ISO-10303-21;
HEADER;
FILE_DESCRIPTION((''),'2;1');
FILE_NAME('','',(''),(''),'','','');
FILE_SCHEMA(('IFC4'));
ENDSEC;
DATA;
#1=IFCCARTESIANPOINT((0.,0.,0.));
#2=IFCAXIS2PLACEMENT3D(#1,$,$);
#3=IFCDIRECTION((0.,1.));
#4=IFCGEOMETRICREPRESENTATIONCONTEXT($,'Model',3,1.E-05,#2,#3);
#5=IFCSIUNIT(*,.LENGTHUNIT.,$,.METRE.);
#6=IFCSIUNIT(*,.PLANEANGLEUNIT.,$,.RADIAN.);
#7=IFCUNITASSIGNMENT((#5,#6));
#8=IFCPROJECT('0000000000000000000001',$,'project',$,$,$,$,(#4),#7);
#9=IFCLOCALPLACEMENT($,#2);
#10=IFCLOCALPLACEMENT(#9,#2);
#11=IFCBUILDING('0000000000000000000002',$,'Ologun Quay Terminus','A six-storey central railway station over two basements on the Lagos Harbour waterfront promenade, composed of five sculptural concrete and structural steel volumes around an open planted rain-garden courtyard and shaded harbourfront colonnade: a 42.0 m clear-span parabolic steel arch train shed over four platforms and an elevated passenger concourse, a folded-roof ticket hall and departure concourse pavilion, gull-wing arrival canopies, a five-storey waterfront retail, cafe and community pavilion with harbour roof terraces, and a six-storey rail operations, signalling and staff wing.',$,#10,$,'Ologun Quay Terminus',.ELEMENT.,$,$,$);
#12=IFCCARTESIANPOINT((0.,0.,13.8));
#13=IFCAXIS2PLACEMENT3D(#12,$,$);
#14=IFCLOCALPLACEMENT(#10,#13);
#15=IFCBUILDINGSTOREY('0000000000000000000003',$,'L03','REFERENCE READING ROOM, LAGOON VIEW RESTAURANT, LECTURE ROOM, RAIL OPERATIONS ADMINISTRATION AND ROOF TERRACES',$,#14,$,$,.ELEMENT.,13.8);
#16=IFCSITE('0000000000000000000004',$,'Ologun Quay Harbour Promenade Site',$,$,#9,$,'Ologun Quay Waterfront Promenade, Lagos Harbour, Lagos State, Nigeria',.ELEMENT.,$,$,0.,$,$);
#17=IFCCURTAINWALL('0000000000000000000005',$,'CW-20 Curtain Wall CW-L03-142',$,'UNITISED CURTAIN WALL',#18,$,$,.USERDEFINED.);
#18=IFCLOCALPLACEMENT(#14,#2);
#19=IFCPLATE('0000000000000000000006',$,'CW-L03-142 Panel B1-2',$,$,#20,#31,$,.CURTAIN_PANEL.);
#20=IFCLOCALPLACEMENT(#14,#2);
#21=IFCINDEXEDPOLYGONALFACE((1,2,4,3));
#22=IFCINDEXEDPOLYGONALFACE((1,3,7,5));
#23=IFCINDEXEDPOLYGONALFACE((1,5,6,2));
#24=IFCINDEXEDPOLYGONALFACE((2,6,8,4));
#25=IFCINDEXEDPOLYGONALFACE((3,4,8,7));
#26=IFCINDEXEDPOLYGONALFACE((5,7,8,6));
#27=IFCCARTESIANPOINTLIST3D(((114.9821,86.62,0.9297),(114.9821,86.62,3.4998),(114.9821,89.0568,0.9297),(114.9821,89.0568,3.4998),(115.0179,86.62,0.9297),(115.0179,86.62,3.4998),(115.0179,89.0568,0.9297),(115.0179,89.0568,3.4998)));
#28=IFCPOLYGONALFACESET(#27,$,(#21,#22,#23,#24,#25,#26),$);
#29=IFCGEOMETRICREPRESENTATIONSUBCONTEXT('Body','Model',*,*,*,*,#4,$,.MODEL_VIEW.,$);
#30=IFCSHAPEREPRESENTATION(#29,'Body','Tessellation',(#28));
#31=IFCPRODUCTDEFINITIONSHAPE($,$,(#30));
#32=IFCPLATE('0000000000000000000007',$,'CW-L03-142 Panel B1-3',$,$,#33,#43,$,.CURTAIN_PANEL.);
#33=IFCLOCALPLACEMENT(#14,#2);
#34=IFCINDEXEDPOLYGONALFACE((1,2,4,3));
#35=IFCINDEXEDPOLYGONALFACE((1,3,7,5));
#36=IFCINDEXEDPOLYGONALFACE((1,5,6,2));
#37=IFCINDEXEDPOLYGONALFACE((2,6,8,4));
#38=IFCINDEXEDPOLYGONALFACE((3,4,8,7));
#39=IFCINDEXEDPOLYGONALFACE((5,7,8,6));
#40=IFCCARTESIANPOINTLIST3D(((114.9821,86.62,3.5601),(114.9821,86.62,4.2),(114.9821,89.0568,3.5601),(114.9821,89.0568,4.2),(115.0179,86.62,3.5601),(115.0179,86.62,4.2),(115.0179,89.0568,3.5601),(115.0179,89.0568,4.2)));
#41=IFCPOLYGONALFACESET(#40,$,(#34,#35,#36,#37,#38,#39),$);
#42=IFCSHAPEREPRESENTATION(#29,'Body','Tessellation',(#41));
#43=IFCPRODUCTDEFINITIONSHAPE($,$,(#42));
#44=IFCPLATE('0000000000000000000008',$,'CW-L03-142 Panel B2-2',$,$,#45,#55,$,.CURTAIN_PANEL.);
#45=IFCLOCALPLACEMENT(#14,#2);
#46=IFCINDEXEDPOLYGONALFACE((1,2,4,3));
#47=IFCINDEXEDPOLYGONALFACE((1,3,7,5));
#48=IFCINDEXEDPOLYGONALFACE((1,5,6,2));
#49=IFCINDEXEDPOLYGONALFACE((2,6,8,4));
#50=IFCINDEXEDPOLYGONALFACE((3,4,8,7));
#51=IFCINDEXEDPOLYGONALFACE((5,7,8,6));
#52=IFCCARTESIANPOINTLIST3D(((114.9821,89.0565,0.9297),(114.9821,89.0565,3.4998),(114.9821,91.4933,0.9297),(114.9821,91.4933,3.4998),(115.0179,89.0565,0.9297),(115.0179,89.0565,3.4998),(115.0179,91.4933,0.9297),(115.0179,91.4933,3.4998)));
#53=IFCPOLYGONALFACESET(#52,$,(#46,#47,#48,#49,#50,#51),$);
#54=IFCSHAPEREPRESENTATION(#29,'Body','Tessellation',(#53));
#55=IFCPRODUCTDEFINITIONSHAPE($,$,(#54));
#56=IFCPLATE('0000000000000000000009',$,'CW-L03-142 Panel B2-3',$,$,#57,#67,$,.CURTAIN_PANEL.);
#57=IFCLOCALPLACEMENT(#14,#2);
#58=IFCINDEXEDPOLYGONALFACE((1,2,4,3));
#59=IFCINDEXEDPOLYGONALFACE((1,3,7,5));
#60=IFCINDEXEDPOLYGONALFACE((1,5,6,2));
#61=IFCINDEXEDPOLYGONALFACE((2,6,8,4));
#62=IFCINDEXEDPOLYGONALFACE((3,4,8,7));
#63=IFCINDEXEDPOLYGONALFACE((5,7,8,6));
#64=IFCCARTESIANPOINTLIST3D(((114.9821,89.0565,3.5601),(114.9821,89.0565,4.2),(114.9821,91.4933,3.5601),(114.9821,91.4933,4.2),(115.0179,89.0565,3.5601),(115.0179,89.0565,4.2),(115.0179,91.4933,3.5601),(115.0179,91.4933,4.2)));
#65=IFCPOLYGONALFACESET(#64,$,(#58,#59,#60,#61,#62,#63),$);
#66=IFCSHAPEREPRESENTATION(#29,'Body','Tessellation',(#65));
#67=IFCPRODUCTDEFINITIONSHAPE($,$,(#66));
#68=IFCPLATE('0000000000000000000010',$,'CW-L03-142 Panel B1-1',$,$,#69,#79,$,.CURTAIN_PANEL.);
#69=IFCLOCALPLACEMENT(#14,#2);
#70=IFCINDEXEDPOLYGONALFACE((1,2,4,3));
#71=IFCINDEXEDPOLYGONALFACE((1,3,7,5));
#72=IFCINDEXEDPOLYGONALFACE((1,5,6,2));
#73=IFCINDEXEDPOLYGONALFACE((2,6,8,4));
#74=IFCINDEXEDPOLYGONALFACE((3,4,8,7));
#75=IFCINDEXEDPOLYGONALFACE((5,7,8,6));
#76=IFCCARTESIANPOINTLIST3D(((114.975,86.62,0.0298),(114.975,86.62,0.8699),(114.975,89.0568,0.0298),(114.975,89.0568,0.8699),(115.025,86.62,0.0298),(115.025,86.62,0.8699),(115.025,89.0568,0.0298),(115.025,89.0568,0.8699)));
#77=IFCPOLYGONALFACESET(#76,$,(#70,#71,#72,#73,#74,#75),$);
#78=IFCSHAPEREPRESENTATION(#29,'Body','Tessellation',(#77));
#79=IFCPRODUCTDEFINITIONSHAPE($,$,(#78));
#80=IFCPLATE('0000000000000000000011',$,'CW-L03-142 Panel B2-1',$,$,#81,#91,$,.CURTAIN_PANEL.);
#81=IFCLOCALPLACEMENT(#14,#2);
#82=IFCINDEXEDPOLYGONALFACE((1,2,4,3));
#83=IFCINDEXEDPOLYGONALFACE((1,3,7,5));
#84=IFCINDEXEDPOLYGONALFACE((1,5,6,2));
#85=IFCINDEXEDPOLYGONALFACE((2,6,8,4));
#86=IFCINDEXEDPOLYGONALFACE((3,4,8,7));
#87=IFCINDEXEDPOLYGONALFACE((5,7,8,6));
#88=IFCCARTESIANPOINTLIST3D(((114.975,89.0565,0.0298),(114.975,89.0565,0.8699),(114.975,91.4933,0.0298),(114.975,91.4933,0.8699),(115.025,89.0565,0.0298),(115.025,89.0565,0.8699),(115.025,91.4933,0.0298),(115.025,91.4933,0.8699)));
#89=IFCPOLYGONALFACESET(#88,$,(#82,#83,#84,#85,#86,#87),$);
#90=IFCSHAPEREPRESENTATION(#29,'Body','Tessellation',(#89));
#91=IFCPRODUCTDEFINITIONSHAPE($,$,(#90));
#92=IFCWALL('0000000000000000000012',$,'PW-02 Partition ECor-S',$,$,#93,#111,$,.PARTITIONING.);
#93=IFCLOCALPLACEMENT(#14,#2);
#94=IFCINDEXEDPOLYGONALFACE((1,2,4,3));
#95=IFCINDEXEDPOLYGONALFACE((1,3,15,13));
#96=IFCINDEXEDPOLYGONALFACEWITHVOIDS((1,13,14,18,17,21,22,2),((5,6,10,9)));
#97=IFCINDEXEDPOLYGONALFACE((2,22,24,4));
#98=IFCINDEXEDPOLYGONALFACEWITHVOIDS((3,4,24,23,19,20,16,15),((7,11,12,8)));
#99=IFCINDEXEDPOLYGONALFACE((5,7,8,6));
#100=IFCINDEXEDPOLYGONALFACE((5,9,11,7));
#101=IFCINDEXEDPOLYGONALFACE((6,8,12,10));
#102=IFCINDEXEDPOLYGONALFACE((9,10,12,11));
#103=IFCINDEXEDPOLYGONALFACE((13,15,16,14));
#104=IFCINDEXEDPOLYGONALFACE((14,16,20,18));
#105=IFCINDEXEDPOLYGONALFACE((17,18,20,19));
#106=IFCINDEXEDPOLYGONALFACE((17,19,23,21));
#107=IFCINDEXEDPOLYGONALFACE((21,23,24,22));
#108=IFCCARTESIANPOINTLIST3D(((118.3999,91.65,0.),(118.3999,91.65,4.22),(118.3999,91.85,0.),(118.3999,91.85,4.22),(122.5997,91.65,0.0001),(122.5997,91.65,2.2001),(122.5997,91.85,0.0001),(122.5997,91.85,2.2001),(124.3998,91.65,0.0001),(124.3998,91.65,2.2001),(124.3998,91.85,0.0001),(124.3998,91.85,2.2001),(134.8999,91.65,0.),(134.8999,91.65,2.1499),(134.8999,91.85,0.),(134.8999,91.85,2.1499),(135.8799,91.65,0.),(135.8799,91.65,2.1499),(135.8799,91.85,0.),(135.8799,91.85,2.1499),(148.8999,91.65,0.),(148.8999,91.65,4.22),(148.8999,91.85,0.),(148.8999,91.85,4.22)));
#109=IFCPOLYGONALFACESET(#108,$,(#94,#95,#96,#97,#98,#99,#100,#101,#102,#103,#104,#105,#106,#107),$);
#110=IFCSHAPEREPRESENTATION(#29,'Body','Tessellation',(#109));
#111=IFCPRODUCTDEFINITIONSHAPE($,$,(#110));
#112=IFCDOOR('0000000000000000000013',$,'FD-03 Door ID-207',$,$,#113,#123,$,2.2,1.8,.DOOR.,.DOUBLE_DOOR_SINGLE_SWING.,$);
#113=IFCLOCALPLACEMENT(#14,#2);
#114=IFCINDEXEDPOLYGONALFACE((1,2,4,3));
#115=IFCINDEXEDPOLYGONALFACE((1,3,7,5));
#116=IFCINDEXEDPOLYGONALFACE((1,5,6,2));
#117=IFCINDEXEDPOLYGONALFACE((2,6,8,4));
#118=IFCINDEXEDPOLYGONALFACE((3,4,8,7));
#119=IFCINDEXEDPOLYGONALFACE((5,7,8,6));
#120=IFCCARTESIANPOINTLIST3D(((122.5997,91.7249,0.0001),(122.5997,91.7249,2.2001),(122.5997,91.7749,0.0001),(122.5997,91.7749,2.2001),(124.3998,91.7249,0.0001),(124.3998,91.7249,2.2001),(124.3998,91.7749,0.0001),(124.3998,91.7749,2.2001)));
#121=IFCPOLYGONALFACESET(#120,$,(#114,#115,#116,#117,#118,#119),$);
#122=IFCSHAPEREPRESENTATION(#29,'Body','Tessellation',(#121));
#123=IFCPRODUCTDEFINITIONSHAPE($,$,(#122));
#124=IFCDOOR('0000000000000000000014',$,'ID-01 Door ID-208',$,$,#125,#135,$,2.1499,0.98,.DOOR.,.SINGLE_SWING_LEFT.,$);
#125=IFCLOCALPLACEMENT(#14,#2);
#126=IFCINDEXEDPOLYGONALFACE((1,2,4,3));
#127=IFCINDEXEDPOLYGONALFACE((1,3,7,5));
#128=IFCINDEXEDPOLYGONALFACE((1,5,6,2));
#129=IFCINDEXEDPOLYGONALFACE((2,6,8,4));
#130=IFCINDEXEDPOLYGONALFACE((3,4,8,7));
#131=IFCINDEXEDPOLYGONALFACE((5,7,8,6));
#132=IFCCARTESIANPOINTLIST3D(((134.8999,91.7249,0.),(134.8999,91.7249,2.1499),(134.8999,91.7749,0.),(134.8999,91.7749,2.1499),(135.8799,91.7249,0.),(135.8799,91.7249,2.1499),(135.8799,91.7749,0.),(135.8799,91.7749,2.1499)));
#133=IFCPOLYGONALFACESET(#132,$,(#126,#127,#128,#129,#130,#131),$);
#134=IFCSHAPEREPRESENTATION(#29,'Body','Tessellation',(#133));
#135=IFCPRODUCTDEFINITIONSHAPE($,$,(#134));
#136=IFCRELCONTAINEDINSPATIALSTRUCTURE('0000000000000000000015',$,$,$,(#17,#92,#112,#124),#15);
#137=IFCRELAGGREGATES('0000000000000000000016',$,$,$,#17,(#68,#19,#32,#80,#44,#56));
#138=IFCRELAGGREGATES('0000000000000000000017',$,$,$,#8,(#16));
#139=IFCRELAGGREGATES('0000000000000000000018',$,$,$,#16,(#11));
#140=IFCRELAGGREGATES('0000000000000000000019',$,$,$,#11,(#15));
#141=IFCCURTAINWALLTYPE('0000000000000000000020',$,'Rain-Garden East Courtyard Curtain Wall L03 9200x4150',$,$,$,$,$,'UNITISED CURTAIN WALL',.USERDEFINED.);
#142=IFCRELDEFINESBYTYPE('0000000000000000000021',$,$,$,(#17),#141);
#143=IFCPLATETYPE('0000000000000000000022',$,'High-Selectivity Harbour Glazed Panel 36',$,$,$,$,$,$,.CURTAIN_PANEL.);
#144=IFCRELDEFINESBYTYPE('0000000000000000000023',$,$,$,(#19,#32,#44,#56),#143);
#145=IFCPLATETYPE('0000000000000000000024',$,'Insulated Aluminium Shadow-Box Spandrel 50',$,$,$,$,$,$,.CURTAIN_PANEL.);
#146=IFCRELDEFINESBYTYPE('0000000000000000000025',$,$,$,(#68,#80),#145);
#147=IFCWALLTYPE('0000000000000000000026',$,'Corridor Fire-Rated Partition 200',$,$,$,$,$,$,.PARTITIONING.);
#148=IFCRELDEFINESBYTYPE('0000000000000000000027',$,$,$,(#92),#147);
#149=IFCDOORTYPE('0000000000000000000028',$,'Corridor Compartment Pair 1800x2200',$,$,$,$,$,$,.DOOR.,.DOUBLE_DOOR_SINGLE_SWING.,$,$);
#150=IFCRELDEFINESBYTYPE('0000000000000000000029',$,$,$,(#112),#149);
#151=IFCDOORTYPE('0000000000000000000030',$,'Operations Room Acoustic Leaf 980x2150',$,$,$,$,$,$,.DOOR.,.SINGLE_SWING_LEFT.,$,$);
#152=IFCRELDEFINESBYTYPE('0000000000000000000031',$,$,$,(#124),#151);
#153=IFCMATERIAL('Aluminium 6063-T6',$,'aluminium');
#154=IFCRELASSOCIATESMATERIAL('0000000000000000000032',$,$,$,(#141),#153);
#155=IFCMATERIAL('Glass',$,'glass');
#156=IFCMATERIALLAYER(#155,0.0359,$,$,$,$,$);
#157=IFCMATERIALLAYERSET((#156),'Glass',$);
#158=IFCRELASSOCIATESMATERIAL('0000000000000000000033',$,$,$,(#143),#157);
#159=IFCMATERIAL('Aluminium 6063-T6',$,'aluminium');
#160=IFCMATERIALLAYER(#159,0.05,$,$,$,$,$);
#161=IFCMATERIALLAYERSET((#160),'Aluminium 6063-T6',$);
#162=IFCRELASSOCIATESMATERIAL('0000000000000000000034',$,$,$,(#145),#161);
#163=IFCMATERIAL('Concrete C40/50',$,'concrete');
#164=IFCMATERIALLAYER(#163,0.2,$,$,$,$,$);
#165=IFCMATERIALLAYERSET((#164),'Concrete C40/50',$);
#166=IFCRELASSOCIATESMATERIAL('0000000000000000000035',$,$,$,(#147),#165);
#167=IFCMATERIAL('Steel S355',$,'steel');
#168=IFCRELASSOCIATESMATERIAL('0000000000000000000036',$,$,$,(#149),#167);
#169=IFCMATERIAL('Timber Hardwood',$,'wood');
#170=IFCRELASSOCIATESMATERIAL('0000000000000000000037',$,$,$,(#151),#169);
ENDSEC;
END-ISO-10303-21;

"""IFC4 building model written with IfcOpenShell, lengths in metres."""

from ifc_helpers import new_model, si_unit, direction, frame, frame_2d, origin, origin_2d, place, context, subcontext, project, spatial, rectangle, extrude, material, layer, layer_set, type_object, element, fill, aggregate, save


model = new_model("IFC4")

# Units and contexts
model_context = context("Model", 3, precision=1e-05, world=origin(), true_north=direction((0.0, 1.0)))
body_context = subcontext(model_context, "Body", "Model", "MODEL_VIEW")
ifc_project = project(units=[si_unit("LENGTHUNIT", "METRE"), si_unit("PLANEANGLEUNIT", "RADIAN")], contexts=[model_context])

# Site, building, storey
site_placement = place(None, origin())
site = spatial("IfcSite", under=ifc_project, at=site_placement, Name="Ologun Quay Harbour Promenade Site", LongName="Ologun Quay Waterfront Promenade, Lagos Harbour, Lagos State, Nigeria", CompositionType="ELEMENT", RefElevation=0.0)
building_placement = place(site_placement, origin())
building = spatial("IfcBuilding", under=site, at=building_placement, Name="Ologun Quay Terminus", Description="A six-storey central railway station over two basements on the Lagos Harbour waterfront promenade, composed of five sculptural concrete and structural steel volumes around an open planted rain-garden courtyard and shaded harbourfront colonnade: a 42.0 m clear-span parabolic steel arch train shed over four platforms and an elevated passenger concourse, a folded-roof ticket hall and departure concourse pavilion, gull-wing arrival canopies, a five-storey waterfront retail, cafe and community pavilion with harbour roof terraces, and a six-storey rail operations, signalling and staff wing.", LongName="Ologun Quay Terminus", CompositionType="ELEMENT")
storey_placement = place(building_placement, frame((0.0, 0.0, 13.8)))
storey = spatial("IfcBuildingStorey", under=building, at=storey_placement, Name="L03", Description="REFERENCE READING ROOM, LAGOON VIEW RESTAURANT, LECTURE ROOM, RAIL OPERATIONS ADMINISTRATION AND ROOF TERRACES", CompositionType="ELEMENT", Elevation=13.8)

# Curtain wall
ifc_material_1 = material(Name="Aluminium 6063-T6", Category="aluminium")
curtain_wall_type = type_object("IfcCurtainWallType", Name="Rain-Garden East Courtyard Curtain Wall L03 9200x4150", ElementType="UNITISED CURTAIN WALL", PredefinedType="USERDEFINED", material=ifc_material_1)
curtain_wall_placement = place(storey_placement, origin())
curtain_wall = element("IfcCurtainWall", 1, at=curtain_wall_placement, inside=storey, type_object=curtain_wall_type, Name="CW-20 Curtain Wall CW-L03-142", ObjectType="UNITISED CURTAIN WALL", PredefinedType="USERDEFINED")

# Plates
ifc_material_2 = material(Name="Glass", Category="glass")
ifc_layer_1 = layer(ifc_material_2, 0.0359)
ifc_layer_set_1 = layer_set([ifc_layer_1], Name="Glass")
plate_type_1 = type_object("IfcPlateType", Name="High-Selectivity Harbour Glazed Panel 36", PredefinedType="CURTAIN_PANEL", material=ifc_layer_set_1)
plate_1_placement = place(storey_placement, frame((115.0, 87.8384, 0.9297), z_axis=(0.0, 0.0, 1.0), x_axis=(0.0, 1.0, 0.0)))
plate_1 = element("IfcPlate", 2, at=plate_1_placement, type_object=plate_type_1, Name="CW-L03-142 Panel B1-2", PredefinedType="CURTAIN_PANEL", context=body_context, shape_type="SweptSolid", body=[
    extrude(rectangle(XDim=2.4368, YDim=0.0359, at=origin_2d()), origin(), (0.0, 0.0, 1.0), 2.5701),
])
plate_2_placement = place(storey_placement, frame((115.0, 87.8384, 3.5601), z_axis=(0.0, 0.0, 1.0), x_axis=(0.0, 1.0, 0.0)))
plate_2 = element("IfcPlate", 3, at=plate_2_placement, type_object=plate_type_1, Name="CW-L03-142 Panel B1-3", PredefinedType="CURTAIN_PANEL", context=body_context, shape_type="SweptSolid", body=[
    extrude(rectangle(XDim=2.4368, YDim=0.0359, at=origin_2d()), origin(), (0.0, 0.0, 1.0), 0.6399),
])
plate_3_placement = place(storey_placement, frame((115.0, 90.2749, 0.9297), z_axis=(0.0, 0.0, 1.0), x_axis=(0.0, 1.0, 0.0)))
plate_3 = element("IfcPlate", 4, at=plate_3_placement, type_object=plate_type_1, Name="CW-L03-142 Panel B2-2", PredefinedType="CURTAIN_PANEL", context=body_context, shape_type="SweptSolid", body=[
    extrude(rectangle(XDim=2.4368, YDim=0.0359, at=origin_2d()), origin(), (0.0, 0.0, 1.0), 2.5701),
])
plate_4_placement = place(storey_placement, frame((115.0, 90.2749, 3.5601), z_axis=(0.0, 0.0, 1.0), x_axis=(0.0, 1.0, 0.0)))
plate_4 = element("IfcPlate", 5, at=plate_4_placement, type_object=plate_type_1, Name="CW-L03-142 Panel B2-3", PredefinedType="CURTAIN_PANEL", context=body_context, shape_type="SweptSolid", body=[
    extrude(rectangle(XDim=2.4368, YDim=0.0359, at=origin_2d()), origin(), (0.0, 0.0, 1.0), 0.6399),
])
ifc_material_3 = material(Name="Aluminium 6063-T6", Category="aluminium")
ifc_layer_2 = layer(ifc_material_3, 0.05)
ifc_layer_set_2 = layer_set([ifc_layer_2], Name="Aluminium 6063-T6")
plate_type_2 = type_object("IfcPlateType", Name="Insulated Aluminium Shadow-Box Spandrel 50", PredefinedType="CURTAIN_PANEL", material=ifc_layer_set_2)
plate_5_placement = place(storey_placement, frame((115.0, 87.8384, 0.0298), z_axis=(0.0, 0.0, 1.0), x_axis=(0.0, 1.0, 0.0)))
plate_5 = element("IfcPlate", 6, at=plate_5_placement, type_object=plate_type_2, Name="CW-L03-142 Panel B1-1", PredefinedType="CURTAIN_PANEL", context=body_context, shape_type="SweptSolid", body=[
    extrude(rectangle(XDim=2.4368, YDim=0.05, at=origin_2d()), origin(), (0.0, 0.0, 1.0), 0.8401),
])
plate_6_placement = place(storey_placement, frame((115.0, 90.2749, 0.0298), z_axis=(0.0, 0.0, 1.0), x_axis=(0.0, 1.0, 0.0)))
plate_6 = element("IfcPlate", 7, at=plate_6_placement, type_object=plate_type_2, Name="CW-L03-142 Panel B2-1", PredefinedType="CURTAIN_PANEL", context=body_context, shape_type="SweptSolid", body=[
    extrude(rectangle(XDim=2.4368, YDim=0.05, at=origin_2d()), origin(), (0.0, 0.0, 1.0), 0.8401),
])
aggregate(curtain_wall, [plate_5, plate_1, plate_2, plate_6, plate_3, plate_4])

# Wall, openings, doors
ifc_material_4 = material(Name="Concrete C40/50", Category="concrete")
ifc_layer_3 = layer(ifc_material_4, 0.2)
ifc_layer_set_3 = layer_set([ifc_layer_3], Name="Concrete C40/50")
wall_type_1 = type_object("IfcWallType", Name="Corridor Fire-Rated Partition 200", PredefinedType="PARTITIONING", material=ifc_layer_set_3)
wall_1_placement = place(storey_placement, frame((118.3999, 91.75, 0.0), z_axis=(0.0, 0.0, 1.0), x_axis=(1.0, 0.0, 0.0)))
wall_1 = element("IfcWall", 8, at=wall_1_placement, inside=storey, type_object=wall_type_1, Name="PW-02 Partition ECor-S", PredefinedType="PARTITIONING", context=body_context, shape_type="SweptSolid", body=[
    extrude(rectangle(XDim=30.5, YDim=0.2, at=frame_2d((15.25, 0.0))), origin(), (0.0, 0.0, 1.0), 4.22),
])
opening_1_placement = place(wall_1_placement, frame((4.2, 0.0, 0.0)))
opening_1 = element("IfcOpeningElement", 9, at=opening_1_placement, cuts=wall_1, PredefinedType="OPENING", context=body_context, shape_type="SweptSolid", body=[
    extrude(rectangle(XDim=1.8, YDim=2.2, at=frame_2d((0.8999, 1.1001))), frame((0.0, 0.1099, 0.0), z_axis=(0.0, -1.0, 0.0), x_axis=(1.0, 0.0, 0.0)), (0.0, 0.0, 1.0), 0.22),
])
opening_2_placement = place(wall_1_placement, frame((16.5, 0.0, 0.0)))
opening_2 = element("IfcOpeningElement", 10, at=opening_2_placement, cuts=wall_1, PredefinedType="OPENING", context=body_context, shape_type="SweptSolid", body=[
    extrude(rectangle(XDim=0.98, YDim=2.1499, at=frame_2d((0.49, 1.075))), frame((0.0, 0.1099, 0.0), z_axis=(0.0, -1.0, 0.0), x_axis=(1.0, 0.0, 0.0)), (0.0, 0.0, 1.0), 0.22),
])
ifc_material_5 = material(Name="Steel S355", Category="steel")
door_type_1 = type_object("IfcDoorType", Name="Corridor Compartment Pair 1800x2200", OperationType="DOUBLE_DOOR_SINGLE_SWING", PredefinedType="DOOR", material=ifc_material_5)
door_1_placement = place(opening_1_placement, origin())
door_1 = element("IfcDoor", 11, at=door_1_placement, inside=storey, type_object=door_type_1, Name="FD-03 Door ID-207", OperationType="DOUBLE_DOOR_SINGLE_SWING", OverallHeight=2.2, OverallWidth=1.8, PredefinedType="DOOR", context=body_context, shape_type="SweptSolid", body=[
    extrude(rectangle(XDim=1.8, YDim=2.2, at=frame_2d((0.8999, 1.1001))), frame((0.0, 0.0249, 0.0), z_axis=(0.0, -1.0, 0.0), x_axis=(1.0, 0.0, 0.0)), (0.0, 0.0, 1.0), 0.05),
])
fill(opening_1, door_1)
ifc_material_6 = material(Name="Timber Hardwood", Category="wood")
door_type_2 = type_object("IfcDoorType", Name="Operations Room Acoustic Leaf 980x2150", OperationType="SINGLE_SWING_LEFT", PredefinedType="DOOR", material=ifc_material_6)
door_2_placement = place(opening_2_placement, origin())
door_2 = element("IfcDoor", 12, at=door_2_placement, inside=storey, type_object=door_type_2, Name="ID-01 Door ID-208", OperationType="SINGLE_SWING_LEFT", OverallHeight=2.1499, OverallWidth=0.98, PredefinedType="DOOR", context=body_context, shape_type="SweptSolid", body=[
    extrude(rectangle(XDim=0.98, YDim=2.1499, at=frame_2d((0.49, 1.075))), frame((0.0, 0.0249, 0.0), z_axis=(0.0, -1.0, 0.0), x_axis=(1.0, 0.0, 0.0)), (0.0, 0.0, 1.0), 0.05),
])
fill(opening_2, door_2)

save(model, "model.ifc")
